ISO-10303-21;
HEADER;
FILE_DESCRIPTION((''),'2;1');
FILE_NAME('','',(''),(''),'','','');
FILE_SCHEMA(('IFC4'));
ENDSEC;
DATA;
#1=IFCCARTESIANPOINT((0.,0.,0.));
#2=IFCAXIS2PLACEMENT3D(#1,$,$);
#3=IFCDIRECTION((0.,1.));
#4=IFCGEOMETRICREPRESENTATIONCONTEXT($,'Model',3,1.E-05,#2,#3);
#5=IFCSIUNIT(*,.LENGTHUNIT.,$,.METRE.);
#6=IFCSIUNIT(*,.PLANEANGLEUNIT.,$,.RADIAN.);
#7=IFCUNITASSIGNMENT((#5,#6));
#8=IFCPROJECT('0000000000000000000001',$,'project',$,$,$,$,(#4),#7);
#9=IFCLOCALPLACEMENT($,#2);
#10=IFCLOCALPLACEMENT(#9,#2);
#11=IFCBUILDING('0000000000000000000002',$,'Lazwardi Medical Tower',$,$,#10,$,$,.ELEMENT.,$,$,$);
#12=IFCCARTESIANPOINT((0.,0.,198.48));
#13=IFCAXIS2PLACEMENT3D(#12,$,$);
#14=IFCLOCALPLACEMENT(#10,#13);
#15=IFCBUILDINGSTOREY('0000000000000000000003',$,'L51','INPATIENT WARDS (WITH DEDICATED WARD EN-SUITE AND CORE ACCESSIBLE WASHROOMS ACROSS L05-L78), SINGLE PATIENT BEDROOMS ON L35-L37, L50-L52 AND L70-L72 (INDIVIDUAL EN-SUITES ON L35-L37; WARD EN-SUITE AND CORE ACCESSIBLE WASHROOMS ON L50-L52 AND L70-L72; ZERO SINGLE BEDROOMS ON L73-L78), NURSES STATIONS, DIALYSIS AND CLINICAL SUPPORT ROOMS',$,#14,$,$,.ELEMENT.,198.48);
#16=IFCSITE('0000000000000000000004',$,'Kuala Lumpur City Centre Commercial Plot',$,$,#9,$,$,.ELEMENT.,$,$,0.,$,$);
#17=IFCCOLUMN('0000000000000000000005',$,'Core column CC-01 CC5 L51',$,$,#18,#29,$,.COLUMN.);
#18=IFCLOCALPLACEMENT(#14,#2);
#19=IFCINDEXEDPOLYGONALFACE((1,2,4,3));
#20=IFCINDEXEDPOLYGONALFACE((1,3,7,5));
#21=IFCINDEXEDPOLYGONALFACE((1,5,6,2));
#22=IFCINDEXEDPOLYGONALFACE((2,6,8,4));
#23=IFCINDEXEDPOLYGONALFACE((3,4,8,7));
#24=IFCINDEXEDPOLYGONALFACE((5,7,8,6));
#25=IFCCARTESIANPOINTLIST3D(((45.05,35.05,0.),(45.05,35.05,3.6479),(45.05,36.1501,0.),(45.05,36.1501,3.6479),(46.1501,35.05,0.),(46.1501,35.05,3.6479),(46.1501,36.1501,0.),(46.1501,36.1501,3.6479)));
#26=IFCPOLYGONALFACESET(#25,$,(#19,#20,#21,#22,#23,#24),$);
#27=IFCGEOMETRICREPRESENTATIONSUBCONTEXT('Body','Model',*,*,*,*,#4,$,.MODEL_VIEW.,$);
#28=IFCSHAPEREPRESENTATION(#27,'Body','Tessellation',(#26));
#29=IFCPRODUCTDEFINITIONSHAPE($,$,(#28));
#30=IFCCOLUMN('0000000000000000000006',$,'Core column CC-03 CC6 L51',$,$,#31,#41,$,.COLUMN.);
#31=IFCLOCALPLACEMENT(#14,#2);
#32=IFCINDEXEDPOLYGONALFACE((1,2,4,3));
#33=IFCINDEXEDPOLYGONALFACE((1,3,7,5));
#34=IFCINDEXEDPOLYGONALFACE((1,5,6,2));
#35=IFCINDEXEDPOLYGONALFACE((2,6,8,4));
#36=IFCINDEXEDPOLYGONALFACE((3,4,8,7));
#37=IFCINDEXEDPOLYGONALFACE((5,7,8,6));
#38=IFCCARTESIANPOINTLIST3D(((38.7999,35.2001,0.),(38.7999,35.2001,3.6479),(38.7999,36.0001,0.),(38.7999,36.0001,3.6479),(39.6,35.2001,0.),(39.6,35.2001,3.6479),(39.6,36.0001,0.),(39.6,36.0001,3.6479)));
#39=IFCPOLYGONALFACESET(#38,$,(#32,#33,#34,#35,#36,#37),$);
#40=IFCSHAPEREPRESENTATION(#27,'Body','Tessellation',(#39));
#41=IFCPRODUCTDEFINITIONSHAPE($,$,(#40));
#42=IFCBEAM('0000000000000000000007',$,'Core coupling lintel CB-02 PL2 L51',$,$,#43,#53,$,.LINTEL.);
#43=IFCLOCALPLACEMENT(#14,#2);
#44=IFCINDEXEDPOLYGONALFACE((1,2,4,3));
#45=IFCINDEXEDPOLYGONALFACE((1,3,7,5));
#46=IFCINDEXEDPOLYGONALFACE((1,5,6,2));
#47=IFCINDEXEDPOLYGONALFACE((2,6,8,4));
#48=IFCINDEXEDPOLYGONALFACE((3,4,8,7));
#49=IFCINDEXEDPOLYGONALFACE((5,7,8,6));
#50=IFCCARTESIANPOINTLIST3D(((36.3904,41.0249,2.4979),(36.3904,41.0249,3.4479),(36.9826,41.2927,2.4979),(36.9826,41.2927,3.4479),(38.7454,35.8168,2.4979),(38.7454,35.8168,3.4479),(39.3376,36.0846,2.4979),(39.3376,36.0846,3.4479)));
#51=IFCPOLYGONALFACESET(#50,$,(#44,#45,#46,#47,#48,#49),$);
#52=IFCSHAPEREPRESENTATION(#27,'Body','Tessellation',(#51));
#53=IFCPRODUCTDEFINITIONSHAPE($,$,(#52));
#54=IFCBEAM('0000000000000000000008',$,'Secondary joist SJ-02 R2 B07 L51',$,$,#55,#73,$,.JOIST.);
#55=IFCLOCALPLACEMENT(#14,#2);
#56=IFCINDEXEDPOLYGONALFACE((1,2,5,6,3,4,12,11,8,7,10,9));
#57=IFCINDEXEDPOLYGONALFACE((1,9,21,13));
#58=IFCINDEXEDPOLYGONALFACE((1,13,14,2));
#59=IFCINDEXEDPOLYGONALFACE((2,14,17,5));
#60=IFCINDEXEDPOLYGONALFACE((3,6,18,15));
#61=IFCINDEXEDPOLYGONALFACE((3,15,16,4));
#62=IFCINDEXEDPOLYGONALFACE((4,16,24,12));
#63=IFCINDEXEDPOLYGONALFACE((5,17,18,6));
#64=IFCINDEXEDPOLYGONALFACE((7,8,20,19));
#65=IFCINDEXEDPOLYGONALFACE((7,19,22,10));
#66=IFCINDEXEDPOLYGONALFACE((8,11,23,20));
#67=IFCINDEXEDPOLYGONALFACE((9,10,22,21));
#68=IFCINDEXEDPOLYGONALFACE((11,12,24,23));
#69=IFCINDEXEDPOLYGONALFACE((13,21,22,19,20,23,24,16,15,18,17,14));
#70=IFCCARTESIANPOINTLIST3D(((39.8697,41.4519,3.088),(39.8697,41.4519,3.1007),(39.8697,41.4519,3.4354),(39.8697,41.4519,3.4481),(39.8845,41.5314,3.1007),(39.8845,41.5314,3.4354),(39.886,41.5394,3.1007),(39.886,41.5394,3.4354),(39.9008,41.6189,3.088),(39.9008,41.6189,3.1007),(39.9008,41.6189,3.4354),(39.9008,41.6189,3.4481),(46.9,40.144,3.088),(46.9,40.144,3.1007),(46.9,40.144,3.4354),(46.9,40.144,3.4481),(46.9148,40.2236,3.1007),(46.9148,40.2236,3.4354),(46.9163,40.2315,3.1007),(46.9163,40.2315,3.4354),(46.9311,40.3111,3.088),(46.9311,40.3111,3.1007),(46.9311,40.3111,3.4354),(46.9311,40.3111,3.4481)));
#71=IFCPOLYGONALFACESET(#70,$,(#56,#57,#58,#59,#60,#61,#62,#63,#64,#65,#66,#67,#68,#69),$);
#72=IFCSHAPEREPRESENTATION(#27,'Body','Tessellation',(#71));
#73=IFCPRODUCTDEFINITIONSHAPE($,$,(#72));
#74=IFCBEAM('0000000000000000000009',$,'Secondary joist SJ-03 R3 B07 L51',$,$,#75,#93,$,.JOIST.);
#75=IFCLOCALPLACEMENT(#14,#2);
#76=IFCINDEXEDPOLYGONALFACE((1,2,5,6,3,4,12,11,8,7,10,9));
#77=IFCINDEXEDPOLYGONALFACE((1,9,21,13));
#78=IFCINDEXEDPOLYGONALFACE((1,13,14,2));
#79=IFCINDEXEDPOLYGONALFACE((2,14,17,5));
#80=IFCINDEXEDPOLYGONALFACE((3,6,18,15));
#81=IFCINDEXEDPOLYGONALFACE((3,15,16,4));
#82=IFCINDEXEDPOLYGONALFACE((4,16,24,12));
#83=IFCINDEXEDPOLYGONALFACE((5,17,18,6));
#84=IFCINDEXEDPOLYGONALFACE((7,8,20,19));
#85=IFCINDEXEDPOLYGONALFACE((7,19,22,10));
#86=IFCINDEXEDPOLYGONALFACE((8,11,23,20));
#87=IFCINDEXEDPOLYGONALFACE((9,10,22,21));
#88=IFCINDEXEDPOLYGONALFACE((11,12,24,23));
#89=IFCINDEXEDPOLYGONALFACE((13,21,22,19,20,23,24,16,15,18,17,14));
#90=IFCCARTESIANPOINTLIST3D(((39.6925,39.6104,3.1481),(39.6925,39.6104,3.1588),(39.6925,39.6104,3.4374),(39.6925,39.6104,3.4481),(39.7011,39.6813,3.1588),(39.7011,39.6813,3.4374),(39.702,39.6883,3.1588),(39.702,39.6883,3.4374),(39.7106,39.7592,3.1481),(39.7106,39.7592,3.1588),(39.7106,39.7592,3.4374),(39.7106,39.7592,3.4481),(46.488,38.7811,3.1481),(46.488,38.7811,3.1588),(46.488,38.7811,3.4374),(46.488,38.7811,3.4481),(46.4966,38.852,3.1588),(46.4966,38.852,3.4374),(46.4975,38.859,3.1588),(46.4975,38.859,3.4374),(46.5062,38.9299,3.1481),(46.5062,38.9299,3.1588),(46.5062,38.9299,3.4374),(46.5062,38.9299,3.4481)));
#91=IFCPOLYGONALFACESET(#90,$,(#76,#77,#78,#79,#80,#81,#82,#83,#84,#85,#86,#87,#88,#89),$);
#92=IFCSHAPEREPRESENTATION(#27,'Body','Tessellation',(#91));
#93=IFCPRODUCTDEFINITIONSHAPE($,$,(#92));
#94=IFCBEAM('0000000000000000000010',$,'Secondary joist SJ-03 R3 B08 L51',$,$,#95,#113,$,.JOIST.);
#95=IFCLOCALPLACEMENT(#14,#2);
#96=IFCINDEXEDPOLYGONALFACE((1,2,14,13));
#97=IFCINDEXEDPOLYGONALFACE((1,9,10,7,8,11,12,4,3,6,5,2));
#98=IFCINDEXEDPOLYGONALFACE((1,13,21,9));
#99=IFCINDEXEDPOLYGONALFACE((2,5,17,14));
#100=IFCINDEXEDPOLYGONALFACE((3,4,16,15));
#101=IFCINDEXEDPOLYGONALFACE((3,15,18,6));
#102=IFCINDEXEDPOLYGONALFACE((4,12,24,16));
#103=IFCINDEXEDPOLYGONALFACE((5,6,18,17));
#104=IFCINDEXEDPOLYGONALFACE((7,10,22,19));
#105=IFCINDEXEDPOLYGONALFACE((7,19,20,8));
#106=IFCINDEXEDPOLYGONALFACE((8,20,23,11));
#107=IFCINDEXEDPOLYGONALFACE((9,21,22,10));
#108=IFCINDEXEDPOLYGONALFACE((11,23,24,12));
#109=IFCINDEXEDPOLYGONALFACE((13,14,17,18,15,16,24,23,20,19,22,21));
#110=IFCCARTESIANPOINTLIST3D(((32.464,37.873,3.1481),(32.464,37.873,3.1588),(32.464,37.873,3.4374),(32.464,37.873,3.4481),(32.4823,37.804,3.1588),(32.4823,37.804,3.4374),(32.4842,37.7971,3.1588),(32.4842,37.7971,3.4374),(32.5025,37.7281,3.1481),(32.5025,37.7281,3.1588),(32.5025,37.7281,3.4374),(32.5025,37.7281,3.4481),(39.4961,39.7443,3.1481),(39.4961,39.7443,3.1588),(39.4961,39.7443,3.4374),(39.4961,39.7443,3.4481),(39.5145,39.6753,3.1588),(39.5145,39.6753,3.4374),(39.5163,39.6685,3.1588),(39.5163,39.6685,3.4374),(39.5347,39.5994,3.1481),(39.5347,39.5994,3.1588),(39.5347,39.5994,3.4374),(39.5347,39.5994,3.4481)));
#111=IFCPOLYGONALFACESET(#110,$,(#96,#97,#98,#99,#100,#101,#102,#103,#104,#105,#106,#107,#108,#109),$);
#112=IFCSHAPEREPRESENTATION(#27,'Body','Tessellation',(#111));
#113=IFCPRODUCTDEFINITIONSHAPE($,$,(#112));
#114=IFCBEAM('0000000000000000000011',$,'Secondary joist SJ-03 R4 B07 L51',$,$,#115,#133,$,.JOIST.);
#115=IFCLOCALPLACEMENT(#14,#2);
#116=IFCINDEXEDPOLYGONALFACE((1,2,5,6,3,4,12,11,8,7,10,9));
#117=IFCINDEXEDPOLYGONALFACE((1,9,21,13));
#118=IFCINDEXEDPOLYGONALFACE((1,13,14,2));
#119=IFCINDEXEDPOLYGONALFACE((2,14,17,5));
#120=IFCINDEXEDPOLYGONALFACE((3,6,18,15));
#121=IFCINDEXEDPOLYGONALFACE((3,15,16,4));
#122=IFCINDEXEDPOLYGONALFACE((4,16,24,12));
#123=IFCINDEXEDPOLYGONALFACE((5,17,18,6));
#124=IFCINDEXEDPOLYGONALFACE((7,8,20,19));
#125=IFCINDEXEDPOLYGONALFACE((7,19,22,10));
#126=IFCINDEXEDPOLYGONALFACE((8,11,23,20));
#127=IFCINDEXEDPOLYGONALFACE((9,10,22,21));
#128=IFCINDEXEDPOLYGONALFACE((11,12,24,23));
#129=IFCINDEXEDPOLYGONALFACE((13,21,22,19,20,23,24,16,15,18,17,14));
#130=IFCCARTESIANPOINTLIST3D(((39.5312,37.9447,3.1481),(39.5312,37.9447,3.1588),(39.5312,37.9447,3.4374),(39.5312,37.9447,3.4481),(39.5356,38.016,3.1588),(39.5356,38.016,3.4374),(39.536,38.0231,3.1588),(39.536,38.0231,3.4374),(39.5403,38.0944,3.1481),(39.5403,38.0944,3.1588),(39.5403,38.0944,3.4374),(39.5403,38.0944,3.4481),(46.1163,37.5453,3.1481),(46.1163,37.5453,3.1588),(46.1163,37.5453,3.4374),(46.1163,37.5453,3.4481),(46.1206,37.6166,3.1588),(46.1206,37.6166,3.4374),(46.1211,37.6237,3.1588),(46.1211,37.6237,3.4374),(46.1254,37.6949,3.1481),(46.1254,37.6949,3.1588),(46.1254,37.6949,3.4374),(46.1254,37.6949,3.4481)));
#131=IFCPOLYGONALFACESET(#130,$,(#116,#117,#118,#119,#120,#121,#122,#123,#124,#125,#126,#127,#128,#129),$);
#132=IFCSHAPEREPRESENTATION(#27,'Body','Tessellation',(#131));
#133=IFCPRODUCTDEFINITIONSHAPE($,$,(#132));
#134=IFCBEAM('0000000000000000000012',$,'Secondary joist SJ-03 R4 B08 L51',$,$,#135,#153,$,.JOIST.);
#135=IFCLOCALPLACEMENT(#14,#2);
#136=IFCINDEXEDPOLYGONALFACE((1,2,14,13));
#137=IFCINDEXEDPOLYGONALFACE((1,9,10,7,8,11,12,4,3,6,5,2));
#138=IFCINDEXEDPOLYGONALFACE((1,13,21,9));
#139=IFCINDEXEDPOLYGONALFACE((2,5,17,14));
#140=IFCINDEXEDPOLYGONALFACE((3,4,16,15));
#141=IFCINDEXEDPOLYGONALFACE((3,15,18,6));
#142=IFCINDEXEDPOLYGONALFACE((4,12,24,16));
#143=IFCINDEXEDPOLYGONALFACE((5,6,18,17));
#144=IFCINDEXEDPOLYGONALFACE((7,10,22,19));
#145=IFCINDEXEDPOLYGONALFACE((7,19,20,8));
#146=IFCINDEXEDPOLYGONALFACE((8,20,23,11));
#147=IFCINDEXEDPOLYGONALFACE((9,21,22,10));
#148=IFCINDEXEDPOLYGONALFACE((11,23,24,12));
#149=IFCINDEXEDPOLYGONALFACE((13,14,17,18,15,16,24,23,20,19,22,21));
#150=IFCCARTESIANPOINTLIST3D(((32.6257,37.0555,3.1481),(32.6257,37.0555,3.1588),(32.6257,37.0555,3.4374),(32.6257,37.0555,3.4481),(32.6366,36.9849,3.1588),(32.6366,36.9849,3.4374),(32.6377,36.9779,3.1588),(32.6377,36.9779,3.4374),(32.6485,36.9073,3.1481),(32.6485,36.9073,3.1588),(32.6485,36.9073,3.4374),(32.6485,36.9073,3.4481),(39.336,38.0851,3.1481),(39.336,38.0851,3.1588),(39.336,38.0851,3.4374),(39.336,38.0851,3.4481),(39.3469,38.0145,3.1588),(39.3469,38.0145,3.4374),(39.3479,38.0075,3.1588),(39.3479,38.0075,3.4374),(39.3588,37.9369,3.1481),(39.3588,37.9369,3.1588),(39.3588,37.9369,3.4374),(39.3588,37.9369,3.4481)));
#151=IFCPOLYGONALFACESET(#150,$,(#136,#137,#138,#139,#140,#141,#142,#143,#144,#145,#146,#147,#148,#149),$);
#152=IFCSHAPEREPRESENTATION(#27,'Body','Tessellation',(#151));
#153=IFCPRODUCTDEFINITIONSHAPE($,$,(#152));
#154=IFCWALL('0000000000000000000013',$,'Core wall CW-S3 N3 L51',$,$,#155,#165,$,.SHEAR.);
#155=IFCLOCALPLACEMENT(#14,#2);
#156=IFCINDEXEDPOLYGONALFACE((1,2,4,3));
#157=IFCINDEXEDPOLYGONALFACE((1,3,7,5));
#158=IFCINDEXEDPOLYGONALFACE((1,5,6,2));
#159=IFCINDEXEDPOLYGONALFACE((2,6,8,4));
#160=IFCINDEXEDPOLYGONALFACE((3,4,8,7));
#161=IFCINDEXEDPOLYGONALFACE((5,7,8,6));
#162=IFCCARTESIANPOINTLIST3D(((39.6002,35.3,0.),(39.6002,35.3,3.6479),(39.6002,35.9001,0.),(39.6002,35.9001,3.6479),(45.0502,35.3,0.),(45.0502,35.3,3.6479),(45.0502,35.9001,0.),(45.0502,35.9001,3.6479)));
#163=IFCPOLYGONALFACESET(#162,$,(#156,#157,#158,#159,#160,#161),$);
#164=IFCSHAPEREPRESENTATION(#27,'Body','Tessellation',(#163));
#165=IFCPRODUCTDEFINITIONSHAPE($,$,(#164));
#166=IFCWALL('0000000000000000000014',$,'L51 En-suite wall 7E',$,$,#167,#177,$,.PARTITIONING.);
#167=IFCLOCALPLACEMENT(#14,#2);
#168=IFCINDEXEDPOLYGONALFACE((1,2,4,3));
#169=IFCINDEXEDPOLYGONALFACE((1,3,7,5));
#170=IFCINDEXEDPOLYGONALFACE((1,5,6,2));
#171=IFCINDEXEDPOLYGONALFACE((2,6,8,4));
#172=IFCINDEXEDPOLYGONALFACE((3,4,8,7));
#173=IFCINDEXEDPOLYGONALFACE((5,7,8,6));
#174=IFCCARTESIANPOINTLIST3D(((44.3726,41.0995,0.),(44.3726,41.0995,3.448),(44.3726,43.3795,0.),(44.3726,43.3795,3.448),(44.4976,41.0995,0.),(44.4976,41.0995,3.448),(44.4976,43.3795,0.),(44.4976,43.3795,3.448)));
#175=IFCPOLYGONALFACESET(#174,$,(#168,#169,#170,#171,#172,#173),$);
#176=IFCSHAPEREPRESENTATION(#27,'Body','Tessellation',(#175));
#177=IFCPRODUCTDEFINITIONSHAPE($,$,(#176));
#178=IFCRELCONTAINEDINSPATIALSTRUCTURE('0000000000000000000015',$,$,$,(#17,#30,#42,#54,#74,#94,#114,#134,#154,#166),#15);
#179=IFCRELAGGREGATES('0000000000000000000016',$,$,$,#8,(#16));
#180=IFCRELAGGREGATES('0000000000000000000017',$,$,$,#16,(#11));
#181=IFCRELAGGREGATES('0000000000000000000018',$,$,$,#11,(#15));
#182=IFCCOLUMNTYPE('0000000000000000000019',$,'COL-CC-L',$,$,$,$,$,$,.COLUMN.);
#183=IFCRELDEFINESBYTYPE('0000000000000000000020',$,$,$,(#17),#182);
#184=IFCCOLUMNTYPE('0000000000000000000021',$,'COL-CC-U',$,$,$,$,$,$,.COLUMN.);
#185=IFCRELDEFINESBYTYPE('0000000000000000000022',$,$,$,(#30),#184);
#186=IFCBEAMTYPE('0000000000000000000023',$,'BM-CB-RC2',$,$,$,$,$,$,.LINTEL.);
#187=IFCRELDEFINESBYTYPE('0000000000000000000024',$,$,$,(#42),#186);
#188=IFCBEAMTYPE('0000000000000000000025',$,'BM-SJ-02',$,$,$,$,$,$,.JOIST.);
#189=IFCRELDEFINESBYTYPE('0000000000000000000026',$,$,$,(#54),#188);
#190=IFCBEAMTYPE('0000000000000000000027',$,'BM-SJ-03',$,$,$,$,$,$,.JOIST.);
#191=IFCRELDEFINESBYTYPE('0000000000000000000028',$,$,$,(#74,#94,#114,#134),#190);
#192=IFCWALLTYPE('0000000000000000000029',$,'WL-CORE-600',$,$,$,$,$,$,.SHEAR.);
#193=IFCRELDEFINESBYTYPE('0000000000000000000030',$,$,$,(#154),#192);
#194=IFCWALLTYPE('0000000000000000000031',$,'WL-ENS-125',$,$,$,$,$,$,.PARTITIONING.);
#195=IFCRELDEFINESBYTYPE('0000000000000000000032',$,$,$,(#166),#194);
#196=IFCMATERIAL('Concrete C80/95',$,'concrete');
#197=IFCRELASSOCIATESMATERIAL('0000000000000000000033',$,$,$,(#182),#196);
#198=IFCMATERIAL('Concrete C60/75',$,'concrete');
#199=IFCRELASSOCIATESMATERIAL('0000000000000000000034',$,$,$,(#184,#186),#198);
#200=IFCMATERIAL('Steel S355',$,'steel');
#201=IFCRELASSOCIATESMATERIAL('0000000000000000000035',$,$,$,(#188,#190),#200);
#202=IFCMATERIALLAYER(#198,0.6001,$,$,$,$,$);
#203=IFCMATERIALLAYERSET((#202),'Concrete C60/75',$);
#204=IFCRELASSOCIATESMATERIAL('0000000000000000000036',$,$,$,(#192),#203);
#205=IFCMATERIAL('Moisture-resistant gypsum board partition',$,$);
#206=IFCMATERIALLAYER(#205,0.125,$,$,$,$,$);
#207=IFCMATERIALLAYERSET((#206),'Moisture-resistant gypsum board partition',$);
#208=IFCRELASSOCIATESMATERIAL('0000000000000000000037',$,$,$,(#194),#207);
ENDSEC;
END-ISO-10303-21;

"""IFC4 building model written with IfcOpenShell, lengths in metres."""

from ifc_helpers import new_model, si_unit, direction, frame, frame_2d, origin, origin_2d, place, context, subcontext, project, spatial, rectangle, i_section, extrude, material, layer, layer_set, material_profile, profile_set, type_object, element, save


model = new_model("IFC4")

# Units and contexts
model_context = context("Model", 3, precision=1e-05, world=origin(), true_north=direction((0.0, 1.0)))
body_context = subcontext(model_context, "Body", "Model", "MODEL_VIEW")
ifc_project = project(units=[si_unit("LENGTHUNIT", "METRE"), si_unit("PLANEANGLEUNIT", "RADIAN")], contexts=[model_context])

# Site, building, storey
site_placement = place(None, origin())
site = spatial("IfcSite", under=ifc_project, at=site_placement, Name="Kuala Lumpur City Centre Commercial Plot", CompositionType="ELEMENT", RefElevation=0.0)
building_placement = place(site_placement, origin())
building = spatial("IfcBuilding", under=site, at=building_placement, Name="Lazwardi Medical Tower", CompositionType="ELEMENT")
storey_placement = place(building_placement, frame((0.0, 0.0, 198.48)))
storey = spatial("IfcBuildingStorey", under=building, at=storey_placement, Name="L51", Description="INPATIENT WARDS (WITH DEDICATED WARD EN-SUITE AND CORE ACCESSIBLE WASHROOMS ACROSS L05-L78), SINGLE PATIENT BEDROOMS ON L35-L37, L50-L52 AND L70-L72 (INDIVIDUAL EN-SUITES ON L35-L37; WARD EN-SUITE AND CORE ACCESSIBLE WASHROOMS ON L50-L52 AND L70-L72; ZERO SINGLE BEDROOMS ON L73-L78), NURSES STATIONS, DIALYSIS AND CLINICAL SUPPORT ROOMS", CompositionType="ELEMENT", Elevation=198.48)

# Columns
ifc_material_1 = material(Name="Concrete C80/95", Category="concrete")
ifc_material_profile_1 = material_profile(ifc_material_1, rectangle(XDim=1.1001, YDim=1.1001, at=origin_2d()), Name="RC 1100x1100")
ifc_profile_set_1 = profile_set([ifc_material_profile_1], Name="Concrete C80/95")
column_type_1 = type_object("IfcColumnType", Name="COL-CC-L", PredefinedType="COLUMN", material=ifc_profile_set_1)
column_1_placement = place(storey_placement, frame((45.6001, 35.6001, 0.0), z_axis=(0.0, 0.0, 1.0), x_axis=(1.0, 0.0, 0.0)))
element("IfcColumn", 1, at=column_1_placement, inside=storey, type_object=column_type_1, Name="Core column CC-01 CC5 L51", PredefinedType="COLUMN", context=body_context, shape_type="SweptSolid", body=[
    extrude(rectangle(XDim=1.1001, YDim=1.1001, at=origin_2d()), origin(), (0.0, 0.0, 1.0), 3.6479),
])
ifc_material_2 = material(Name="Concrete C60/75", Category="concrete")
ifc_material_profile_2 = material_profile(ifc_material_2, rectangle(XDim=0.8, YDim=0.8, at=origin_2d()), Name="RC 800x800")
ifc_profile_set_2 = profile_set([ifc_material_profile_2], Name="Concrete C60/75")
column_type_2 = type_object("IfcColumnType", Name="COL-CC-U", PredefinedType="COLUMN", material=ifc_profile_set_2)
column_2_placement = place(storey_placement, frame((39.2, 35.6001, 0.0), z_axis=(0.0, 0.0, 1.0), x_axis=(1.0, 0.0, 0.0)))
element("IfcColumn", 2, at=column_2_placement, inside=storey, type_object=column_type_2, Name="Core column CC-03 CC6 L51", PredefinedType="COLUMN", context=body_context, shape_type="SweptSolid", body=[
    extrude(rectangle(XDim=0.8, YDim=0.8, at=origin_2d()), origin(), (0.0, 0.0, 1.0), 3.6479),
])

# Beams
ifc_material_profile_3 = material_profile(ifc_material_2, rectangle(XDim=0.6499, YDim=0.95, at=origin_2d()), Name="RC 650x950")
ifc_profile_set_3 = profile_set([ifc_material_profile_3], Name="Concrete C60/75")
beam_type_1 = type_object("IfcBeamType", Name="BM-CB-RC2", PredefinedType="LINTEL", material=ifc_profile_set_3)
beam_1_placement = place(storey_placement, frame((39.0415, 35.9507, 2.9729), z_axis=(-0.412019, 0.911175, 0.0), x_axis=(-0.911175, -0.412019, 0.0)))
element("IfcBeam", 3, at=beam_1_placement, inside=storey, type_object=beam_type_1, Name="Core coupling lintel CB-02 PL2 L51", PredefinedType="LINTEL", context=body_context, shape_type="SweptSolid", body=[
    extrude(rectangle(XDim=0.6499, YDim=0.95, at=origin_2d()), origin(), (0.0, 0.0, 1.0), 5.7158),
])
ifc_material_3 = material(Name="Steel S355", Category="steel")
ifc_material_profile_4 = material_profile(ifc_material_3, i_section(OverallWidth=0.1699, OverallDepth=0.3601, WebThickness=0.0081, FlangeThickness=0.0127, at=origin_2d()), Name="IPE 360")
ifc_profile_set_4 = profile_set([ifc_material_profile_4], Name="Steel S355")
beam_type_2 = type_object("IfcBeamType", Name="BM-SJ-02", PredefinedType="JOIST", material=ifc_profile_set_4)
beam_2_placement = place(storey_placement, frame((46.9155, 40.2275, 3.2681), z_axis=(-0.983132, 0.182895, 0.0), x_axis=(-0.182895, -0.983132, 0.0)))
element("IfcBeam", 4, at=beam_2_placement, inside=storey, type_object=beam_type_2, Name="Secondary joist SJ-02 R2 B07 L51", PredefinedType="JOIST", context=body_context, shape_type="SweptSolid", body=[
    extrude(i_section(OverallWidth=0.1699, OverallDepth=0.3601, WebThickness=0.0081, FlangeThickness=0.0127, at=origin_2d()), origin(), (0.0, 0.0, 1.0), 7.1509),
])
ifc_material_profile_5 = material_profile(ifc_material_3, i_section(OverallWidth=0.1499, OverallDepth=0.3, WebThickness=0.0071, FlangeThickness=0.0107, at=origin_2d()), Name="IPE 300")
ifc_profile_set_5 = profile_set([ifc_material_profile_5], Name="Steel S355")
beam_type_3 = type_object("IfcBeamType", Name="BM-SJ-03", PredefinedType="JOIST", material=ifc_profile_set_5)
beam_3_placement = place(storey_placement, frame((46.4971, 38.8555, 3.2981), z_axis=(-0.992635, 0.121146, 0.0), x_axis=(-0.121146, -0.992635, 0.0)))
element("IfcBeam", 5, at=beam_3_placement, inside=storey, type_object=beam_type_3, Name="Secondary joist SJ-03 R3 B07 L51", PredefinedType="JOIST", context=body_context, shape_type="SweptSolid", body=[
    extrude(i_section(OverallWidth=0.1499, OverallDepth=0.3, WebThickness=0.0071, FlangeThickness=0.0107, at=origin_2d()), origin(), (0.0, 0.0, 1.0), 6.8459),
])
beam_4_placement = place(storey_placement, frame((39.5154, 39.6719, 3.2981), z_axis=(-0.966369, -0.257159, 0.0), x_axis=(0.257159, -0.966369, 0.0)))
element("IfcBeam", 6, at=beam_4_placement, inside=storey, type_object=beam_type_3, Name="Secondary joist SJ-03 R3 B08 L51", PredefinedType="JOIST", context=body_context, shape_type="SweptSolid", body=[
    extrude(i_section(OverallWidth=0.1499, OverallDepth=0.3, WebThickness=0.0071, FlangeThickness=0.0107, at=origin_2d()), origin(), (0.0, 0.0, 1.0), 7.2769),
])
beam_5_placement = place(storey_placement, frame((46.1208, 37.6201, 3.2981), z_axis=(-0.998166, 0.060544, 0.0), x_axis=(-0.060544, -0.998166, 0.0)))
element("IfcBeam", 7, at=beam_5_placement, inside=storey, type_object=beam_type_3, Name="Secondary joist SJ-03 R4 B07 L51", PredefinedType="JOIST", context=body_context, shape_type="SweptSolid", body=[
    extrude(i_section(OverallWidth=0.1499, OverallDepth=0.3, WebThickness=0.0071, FlangeThickness=0.0107, at=origin_2d()), origin(), (0.0, 0.0, 1.0), 6.5972),
])
beam_6_placement = place(storey_placement, frame((39.3474, 38.011, 3.2981), z_axis=(-0.988434, -0.151655, 0.0), x_axis=(0.151655, -0.988434, 0.0)))
element("IfcBeam", 8, at=beam_6_placement, inside=storey, type_object=beam_type_3, Name="Secondary joist SJ-03 R4 B08 L51", PredefinedType="JOIST", context=body_context, shape_type="SweptSolid", body=[
    extrude(i_section(OverallWidth=0.1499, OverallDepth=0.3, WebThickness=0.0071, FlangeThickness=0.0107, at=origin_2d()), origin(), (0.0, 0.0, 1.0), 6.7888),
])

# Walls
ifc_layer_1 = layer(ifc_material_2, 0.6001)
ifc_layer_set_1 = layer_set([ifc_layer_1], Name="Concrete C60/75")
wall_type_1 = type_object("IfcWallType", Name="WL-CORE-600", PredefinedType="SHEAR", material=ifc_layer_set_1)
wall_1_placement = place(storey_placement, frame((39.6001, 35.6001, 0.0), z_axis=(0.0, 0.0, 1.0), x_axis=(1.0, 0.0, 0.0)))
element("IfcWall", 9, at=wall_1_placement, inside=storey, type_object=wall_type_1, Name="Core wall CW-S3 N3 L51", PredefinedType="SHEAR", context=body_context, shape_type="SweptSolid", body=[
    extrude(rectangle(XDim=5.45, YDim=0.6001, at=frame_2d((2.7251, 0.0))), origin(), (0.0, 0.0, 1.0), 3.6479),
])
ifc_material_4 = material(Name="Moisture-resistant gypsum board partition")
ifc_layer_2 = layer(ifc_material_4, 0.125)
ifc_layer_set_2 = layer_set([ifc_layer_2], Name="Moisture-resistant gypsum board partition")
wall_type_2 = type_object("IfcWallType", Name="WL-ENS-125", PredefinedType="PARTITIONING", material=ifc_layer_set_2)
for number, where, z_axis, x_axis, name in (
    (10, (44.4351, 41.0994, 0.0), (0.0, 0.0, 1.0), (0.0, 1.0, 0.0), "L51 En-suite wall 7E"),
):
    element("IfcWall", number, at=place(storey_placement, frame(where, z_axis=z_axis, x_axis=x_axis)), inside=storey, type_object=wall_type_2, Name=name, PredefinedType="PARTITIONING", context=body_context, shape_type="SweptSolid", body=[
        extrude(rectangle(XDim=2.28, YDim=0.125, at=frame_2d((1.1401, 0.0))), origin(), (0.0, 0.0, 1.0), 3.448),
    ])

save(model, "model.ifc")
